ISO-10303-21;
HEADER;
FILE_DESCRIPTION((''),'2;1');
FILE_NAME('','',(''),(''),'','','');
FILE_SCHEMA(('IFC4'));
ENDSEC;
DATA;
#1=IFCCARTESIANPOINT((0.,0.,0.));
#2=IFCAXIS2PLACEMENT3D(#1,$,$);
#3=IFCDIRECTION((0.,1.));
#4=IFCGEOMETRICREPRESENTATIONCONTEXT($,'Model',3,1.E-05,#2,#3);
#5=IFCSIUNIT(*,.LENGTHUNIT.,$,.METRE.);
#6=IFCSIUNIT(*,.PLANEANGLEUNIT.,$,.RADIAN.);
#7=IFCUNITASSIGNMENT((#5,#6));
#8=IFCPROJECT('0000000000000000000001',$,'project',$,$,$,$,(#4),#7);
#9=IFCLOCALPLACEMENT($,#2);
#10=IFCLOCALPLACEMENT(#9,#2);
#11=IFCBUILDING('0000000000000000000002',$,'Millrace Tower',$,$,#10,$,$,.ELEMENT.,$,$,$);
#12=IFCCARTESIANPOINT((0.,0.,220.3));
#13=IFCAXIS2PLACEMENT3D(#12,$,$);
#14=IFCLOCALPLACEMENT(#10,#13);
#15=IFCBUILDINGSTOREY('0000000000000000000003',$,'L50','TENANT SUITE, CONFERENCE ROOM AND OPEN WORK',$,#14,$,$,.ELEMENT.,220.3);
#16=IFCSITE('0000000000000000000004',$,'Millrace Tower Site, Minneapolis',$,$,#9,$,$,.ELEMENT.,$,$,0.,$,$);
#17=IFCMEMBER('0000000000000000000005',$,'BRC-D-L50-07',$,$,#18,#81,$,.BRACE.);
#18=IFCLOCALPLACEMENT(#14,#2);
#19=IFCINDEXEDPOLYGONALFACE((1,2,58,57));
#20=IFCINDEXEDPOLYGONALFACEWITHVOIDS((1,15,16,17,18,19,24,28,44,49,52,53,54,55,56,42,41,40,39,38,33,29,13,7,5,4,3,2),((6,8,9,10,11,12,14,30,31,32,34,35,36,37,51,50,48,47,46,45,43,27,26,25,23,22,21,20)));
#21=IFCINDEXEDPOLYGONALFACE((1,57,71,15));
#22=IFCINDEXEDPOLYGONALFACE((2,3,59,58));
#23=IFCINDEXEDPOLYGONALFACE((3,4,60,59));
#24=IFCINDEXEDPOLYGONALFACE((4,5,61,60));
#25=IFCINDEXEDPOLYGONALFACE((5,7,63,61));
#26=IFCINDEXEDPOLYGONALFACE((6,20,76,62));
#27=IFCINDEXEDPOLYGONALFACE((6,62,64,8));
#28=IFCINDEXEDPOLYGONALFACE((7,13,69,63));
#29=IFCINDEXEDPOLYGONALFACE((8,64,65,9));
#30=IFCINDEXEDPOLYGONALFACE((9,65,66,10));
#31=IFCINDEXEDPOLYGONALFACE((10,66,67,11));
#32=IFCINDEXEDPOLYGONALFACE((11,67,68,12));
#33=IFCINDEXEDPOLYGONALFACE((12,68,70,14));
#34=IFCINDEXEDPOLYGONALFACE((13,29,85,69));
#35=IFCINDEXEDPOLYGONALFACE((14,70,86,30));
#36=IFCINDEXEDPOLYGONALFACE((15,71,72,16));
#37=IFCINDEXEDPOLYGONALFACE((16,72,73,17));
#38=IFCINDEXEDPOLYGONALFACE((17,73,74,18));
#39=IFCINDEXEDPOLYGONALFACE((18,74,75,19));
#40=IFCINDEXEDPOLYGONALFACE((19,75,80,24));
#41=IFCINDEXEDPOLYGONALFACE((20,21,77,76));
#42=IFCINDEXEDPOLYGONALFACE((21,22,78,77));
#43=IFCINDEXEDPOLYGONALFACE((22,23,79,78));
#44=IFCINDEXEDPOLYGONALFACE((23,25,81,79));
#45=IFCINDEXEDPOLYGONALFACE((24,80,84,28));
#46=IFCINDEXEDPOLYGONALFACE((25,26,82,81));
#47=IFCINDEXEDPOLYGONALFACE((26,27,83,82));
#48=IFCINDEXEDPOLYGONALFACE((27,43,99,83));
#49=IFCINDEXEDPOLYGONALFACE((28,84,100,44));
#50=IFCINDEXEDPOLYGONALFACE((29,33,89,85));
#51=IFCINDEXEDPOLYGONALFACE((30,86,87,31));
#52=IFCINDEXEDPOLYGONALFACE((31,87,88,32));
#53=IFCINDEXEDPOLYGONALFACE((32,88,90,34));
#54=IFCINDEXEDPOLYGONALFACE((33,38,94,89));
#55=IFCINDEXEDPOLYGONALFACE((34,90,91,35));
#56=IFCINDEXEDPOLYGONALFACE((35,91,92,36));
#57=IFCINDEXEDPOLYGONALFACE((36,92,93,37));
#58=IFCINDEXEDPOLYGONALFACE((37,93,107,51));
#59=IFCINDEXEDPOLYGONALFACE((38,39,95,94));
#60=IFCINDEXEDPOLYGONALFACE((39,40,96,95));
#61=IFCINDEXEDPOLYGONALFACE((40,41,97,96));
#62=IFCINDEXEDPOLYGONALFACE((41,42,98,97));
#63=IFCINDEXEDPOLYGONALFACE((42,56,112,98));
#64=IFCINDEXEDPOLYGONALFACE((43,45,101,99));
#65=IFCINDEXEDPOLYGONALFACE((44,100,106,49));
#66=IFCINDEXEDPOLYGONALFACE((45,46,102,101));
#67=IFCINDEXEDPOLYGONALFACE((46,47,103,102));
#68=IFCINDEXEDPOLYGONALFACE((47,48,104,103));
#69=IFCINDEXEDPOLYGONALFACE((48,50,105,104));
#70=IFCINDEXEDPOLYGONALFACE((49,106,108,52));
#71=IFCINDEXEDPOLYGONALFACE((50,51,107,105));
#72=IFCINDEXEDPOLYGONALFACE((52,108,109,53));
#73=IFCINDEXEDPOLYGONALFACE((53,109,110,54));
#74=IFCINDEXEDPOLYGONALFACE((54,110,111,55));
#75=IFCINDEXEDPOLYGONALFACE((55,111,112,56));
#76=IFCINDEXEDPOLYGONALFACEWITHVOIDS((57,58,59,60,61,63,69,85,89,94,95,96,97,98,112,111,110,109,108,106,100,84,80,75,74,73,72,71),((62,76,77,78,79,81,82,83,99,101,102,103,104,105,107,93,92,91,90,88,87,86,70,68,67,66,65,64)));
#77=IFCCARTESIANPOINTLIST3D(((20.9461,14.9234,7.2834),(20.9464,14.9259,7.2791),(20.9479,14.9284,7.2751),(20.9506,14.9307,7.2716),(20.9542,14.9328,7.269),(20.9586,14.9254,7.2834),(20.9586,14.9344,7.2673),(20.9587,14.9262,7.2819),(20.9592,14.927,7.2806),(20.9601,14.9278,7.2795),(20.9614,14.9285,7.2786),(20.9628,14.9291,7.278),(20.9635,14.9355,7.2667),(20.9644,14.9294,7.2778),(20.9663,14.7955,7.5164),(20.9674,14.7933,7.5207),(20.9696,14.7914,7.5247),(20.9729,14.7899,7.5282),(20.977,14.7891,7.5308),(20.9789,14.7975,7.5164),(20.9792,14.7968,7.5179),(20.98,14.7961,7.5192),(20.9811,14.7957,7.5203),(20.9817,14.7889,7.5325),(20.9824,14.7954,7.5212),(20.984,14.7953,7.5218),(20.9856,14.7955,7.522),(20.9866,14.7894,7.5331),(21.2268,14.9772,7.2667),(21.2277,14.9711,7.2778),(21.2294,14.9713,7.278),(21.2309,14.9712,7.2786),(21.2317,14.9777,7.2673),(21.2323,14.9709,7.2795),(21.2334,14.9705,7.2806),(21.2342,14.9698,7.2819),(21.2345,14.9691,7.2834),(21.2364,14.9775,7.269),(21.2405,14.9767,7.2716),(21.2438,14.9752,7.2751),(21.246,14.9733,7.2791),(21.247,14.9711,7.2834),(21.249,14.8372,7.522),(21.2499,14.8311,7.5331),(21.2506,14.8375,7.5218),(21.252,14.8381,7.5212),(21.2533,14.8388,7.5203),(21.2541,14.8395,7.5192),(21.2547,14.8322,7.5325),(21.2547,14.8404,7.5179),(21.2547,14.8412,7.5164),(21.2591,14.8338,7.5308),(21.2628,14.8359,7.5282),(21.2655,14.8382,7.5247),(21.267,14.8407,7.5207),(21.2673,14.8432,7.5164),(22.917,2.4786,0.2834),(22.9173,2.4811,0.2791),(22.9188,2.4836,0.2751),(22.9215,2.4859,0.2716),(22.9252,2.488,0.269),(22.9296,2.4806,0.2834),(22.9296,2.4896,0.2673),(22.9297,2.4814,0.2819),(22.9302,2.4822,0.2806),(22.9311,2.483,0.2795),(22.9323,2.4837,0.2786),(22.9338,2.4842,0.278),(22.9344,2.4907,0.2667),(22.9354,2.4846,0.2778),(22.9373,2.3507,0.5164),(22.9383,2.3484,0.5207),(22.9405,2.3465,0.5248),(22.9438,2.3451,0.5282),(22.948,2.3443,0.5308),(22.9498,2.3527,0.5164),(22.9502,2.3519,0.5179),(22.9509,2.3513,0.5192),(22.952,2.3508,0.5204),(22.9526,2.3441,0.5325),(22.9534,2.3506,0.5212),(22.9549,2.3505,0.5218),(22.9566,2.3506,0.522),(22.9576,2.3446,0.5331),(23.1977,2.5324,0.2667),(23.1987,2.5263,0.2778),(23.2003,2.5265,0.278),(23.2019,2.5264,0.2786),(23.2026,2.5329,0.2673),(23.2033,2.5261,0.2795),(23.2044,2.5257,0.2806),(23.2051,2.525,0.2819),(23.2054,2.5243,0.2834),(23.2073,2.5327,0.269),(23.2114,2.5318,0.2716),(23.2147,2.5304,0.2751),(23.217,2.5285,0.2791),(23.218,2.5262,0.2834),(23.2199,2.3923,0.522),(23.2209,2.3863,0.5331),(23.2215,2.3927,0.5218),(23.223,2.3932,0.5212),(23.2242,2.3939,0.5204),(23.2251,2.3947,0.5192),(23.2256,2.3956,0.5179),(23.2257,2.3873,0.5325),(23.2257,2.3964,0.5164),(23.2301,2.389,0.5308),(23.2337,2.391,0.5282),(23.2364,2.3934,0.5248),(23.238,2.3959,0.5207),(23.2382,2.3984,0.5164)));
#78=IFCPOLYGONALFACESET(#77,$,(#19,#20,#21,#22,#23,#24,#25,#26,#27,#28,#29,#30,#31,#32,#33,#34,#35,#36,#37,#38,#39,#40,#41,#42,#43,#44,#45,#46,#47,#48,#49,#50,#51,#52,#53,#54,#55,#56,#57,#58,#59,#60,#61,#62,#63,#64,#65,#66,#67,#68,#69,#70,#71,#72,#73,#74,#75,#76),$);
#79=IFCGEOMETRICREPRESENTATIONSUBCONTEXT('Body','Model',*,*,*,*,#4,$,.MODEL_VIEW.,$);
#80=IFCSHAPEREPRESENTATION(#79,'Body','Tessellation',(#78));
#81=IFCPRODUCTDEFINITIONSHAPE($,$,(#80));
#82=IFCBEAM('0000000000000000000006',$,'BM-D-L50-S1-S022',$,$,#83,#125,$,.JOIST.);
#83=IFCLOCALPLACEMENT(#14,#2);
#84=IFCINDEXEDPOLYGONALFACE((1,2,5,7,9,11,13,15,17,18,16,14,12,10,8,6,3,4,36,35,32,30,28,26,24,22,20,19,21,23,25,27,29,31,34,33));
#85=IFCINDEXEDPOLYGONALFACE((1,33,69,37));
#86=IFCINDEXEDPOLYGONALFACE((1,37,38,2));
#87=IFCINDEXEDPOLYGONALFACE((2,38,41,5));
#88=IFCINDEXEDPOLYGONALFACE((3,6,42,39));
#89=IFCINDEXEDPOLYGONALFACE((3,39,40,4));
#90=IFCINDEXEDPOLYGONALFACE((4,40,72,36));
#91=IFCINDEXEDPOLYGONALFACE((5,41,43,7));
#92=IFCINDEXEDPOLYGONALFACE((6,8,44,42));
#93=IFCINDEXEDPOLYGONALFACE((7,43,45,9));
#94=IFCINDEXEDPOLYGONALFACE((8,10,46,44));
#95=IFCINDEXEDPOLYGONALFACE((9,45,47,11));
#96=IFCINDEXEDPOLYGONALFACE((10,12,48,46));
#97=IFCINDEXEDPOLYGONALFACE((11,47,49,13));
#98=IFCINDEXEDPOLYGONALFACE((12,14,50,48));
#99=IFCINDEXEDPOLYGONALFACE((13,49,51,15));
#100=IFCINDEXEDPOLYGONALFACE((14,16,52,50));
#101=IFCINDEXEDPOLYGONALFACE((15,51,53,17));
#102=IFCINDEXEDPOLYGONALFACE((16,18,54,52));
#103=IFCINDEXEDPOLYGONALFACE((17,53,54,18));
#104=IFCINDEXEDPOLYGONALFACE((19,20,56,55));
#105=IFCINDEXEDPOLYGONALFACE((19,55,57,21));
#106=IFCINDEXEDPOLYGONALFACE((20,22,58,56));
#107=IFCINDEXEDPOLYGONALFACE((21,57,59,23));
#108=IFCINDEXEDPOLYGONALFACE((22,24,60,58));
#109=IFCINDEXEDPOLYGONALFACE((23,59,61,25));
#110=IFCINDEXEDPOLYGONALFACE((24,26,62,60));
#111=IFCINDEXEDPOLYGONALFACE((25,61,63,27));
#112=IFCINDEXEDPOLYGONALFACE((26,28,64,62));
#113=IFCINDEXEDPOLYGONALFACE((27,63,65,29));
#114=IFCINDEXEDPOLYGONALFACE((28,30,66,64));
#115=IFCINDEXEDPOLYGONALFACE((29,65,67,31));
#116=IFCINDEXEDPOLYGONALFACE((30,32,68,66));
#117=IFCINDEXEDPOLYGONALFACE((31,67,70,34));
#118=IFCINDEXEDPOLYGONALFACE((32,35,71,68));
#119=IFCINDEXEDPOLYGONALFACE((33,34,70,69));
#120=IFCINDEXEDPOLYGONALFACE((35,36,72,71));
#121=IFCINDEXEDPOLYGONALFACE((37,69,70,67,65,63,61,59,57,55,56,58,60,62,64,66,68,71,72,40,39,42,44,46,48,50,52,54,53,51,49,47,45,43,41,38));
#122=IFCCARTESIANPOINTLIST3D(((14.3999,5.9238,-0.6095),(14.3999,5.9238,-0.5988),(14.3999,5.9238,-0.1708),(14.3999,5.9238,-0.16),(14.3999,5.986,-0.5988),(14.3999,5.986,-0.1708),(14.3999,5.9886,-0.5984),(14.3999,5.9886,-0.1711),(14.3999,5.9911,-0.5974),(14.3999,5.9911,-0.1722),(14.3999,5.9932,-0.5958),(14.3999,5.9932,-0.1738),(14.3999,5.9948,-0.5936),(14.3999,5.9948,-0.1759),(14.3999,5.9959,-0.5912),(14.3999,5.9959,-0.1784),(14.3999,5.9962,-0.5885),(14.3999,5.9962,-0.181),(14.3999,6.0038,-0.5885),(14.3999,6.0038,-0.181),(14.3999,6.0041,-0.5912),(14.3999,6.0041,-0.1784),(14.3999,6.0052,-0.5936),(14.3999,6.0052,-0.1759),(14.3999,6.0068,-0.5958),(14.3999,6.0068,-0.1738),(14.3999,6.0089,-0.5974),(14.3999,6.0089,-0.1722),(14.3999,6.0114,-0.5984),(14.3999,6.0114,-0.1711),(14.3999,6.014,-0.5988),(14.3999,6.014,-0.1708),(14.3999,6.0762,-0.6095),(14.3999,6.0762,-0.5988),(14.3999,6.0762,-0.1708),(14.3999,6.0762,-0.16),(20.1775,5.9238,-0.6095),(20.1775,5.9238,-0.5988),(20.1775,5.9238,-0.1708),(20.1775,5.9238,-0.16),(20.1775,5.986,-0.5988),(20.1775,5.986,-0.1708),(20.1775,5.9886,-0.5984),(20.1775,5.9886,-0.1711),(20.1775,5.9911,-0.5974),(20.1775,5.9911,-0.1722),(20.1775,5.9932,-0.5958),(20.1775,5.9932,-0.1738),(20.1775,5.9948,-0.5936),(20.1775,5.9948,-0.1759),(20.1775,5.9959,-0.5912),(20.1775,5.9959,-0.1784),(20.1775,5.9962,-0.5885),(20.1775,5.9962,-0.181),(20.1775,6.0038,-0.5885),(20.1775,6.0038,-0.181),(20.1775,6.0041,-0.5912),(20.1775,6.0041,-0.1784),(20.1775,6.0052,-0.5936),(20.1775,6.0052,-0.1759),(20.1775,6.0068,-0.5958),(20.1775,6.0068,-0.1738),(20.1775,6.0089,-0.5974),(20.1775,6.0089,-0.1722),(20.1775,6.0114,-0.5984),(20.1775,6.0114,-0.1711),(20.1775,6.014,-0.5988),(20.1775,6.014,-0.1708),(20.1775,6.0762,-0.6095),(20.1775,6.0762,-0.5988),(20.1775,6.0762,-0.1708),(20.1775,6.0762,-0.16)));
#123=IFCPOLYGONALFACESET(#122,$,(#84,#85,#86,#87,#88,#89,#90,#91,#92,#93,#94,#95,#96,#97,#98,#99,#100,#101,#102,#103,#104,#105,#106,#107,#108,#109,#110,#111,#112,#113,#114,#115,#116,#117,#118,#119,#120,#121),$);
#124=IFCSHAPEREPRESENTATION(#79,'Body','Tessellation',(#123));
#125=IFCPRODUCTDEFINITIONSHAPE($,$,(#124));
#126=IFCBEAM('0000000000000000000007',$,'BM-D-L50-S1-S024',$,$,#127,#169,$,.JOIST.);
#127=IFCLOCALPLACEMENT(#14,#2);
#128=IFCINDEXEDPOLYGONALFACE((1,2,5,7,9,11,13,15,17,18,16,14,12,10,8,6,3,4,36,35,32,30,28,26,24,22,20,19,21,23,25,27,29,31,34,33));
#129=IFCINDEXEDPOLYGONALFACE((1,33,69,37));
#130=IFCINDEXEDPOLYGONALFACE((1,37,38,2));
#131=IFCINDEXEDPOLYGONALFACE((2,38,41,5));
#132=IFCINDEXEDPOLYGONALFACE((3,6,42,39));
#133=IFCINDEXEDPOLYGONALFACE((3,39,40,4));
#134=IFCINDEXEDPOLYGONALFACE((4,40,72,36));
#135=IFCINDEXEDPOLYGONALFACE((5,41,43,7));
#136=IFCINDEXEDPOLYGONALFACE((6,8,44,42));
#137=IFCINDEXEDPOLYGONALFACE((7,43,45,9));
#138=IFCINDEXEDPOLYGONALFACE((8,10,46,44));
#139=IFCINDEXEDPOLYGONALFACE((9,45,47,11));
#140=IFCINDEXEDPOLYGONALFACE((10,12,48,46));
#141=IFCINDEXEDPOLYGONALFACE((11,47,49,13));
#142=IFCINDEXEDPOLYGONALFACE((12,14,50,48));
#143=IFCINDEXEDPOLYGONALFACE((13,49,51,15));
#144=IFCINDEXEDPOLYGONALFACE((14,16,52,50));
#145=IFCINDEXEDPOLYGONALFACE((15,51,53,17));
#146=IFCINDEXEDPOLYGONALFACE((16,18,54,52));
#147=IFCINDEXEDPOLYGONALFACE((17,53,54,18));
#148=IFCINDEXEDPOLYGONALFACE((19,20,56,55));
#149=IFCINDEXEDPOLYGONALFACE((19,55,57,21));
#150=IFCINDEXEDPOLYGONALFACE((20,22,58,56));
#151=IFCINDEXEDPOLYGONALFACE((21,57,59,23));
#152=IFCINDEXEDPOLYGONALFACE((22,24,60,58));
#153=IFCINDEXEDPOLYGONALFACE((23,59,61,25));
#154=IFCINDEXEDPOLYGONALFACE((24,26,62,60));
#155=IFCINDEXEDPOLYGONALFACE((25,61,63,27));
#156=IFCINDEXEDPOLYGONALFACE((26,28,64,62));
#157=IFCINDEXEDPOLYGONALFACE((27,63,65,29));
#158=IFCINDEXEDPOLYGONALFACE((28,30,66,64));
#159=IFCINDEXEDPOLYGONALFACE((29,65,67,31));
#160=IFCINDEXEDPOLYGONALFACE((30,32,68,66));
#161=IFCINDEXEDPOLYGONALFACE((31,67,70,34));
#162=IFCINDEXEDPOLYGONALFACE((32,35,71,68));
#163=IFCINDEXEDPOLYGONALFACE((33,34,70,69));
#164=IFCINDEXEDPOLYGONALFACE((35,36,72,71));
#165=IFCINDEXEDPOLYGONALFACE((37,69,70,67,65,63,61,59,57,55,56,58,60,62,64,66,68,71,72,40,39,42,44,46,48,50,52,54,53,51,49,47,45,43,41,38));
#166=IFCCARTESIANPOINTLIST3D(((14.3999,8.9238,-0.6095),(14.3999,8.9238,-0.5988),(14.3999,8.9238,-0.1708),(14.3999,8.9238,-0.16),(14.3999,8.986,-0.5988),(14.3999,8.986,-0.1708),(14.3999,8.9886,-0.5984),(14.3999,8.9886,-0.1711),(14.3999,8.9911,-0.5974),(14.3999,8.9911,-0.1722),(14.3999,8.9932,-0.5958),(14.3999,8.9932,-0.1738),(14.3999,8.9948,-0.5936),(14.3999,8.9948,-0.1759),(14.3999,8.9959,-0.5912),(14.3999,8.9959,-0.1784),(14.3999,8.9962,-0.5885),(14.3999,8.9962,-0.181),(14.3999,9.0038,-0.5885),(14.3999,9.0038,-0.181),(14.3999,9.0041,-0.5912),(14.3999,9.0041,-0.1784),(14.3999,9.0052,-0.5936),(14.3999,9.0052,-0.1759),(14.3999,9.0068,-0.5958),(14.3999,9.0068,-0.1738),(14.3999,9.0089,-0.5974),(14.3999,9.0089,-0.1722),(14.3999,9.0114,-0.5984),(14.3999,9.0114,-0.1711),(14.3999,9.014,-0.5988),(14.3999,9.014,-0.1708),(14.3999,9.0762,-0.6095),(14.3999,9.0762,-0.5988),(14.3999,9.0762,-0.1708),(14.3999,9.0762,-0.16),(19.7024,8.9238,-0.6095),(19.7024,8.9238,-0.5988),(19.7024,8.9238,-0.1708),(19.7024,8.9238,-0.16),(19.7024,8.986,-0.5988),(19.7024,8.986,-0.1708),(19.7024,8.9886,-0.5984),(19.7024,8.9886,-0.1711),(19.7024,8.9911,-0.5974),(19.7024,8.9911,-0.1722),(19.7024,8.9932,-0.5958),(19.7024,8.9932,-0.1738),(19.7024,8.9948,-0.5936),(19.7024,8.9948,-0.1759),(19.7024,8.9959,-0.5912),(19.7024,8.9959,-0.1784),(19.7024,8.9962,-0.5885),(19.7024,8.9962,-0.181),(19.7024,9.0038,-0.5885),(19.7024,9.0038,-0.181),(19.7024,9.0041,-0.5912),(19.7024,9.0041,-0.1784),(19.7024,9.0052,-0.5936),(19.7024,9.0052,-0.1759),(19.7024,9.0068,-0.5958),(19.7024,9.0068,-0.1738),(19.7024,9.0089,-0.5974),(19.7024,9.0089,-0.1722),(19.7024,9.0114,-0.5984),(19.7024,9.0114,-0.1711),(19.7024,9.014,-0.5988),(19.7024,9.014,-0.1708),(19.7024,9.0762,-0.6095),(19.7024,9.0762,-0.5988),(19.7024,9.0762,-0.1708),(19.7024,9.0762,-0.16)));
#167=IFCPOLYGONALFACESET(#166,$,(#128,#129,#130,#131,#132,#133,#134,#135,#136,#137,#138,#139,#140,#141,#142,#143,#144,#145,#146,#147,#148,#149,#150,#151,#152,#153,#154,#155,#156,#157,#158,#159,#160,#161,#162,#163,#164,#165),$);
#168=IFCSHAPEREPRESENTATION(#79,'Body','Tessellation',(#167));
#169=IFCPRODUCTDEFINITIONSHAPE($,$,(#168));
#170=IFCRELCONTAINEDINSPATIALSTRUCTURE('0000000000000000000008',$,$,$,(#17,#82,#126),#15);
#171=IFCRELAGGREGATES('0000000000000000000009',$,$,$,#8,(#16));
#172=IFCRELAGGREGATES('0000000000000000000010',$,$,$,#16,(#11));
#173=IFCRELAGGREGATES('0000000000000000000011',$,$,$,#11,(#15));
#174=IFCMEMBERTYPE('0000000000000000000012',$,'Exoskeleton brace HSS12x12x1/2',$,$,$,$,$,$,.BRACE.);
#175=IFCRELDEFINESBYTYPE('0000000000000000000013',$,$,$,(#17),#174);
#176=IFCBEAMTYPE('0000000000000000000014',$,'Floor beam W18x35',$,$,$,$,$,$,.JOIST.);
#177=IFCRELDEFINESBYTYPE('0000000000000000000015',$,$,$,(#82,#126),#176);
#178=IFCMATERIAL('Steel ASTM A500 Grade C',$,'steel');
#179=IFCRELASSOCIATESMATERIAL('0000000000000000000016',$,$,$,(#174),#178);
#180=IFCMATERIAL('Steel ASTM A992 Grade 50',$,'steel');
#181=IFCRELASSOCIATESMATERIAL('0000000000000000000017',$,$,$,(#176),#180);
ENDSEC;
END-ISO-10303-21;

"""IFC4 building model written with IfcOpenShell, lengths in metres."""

from ifc_helpers import new_model, si_unit, direction, frame, origin, origin_2d, place, context, subcontext, project, spatial, hollow_rectangle, i_section, extrude, material, material_profile, profile_set, type_object, element, save


model = new_model("IFC4")

# Units and contexts
model_context = context("Model", 3, precision=1e-05, world=origin(), true_north=direction((0.0, 1.0)))
body_context = subcontext(model_context, "Body", "Model", "MODEL_VIEW")
ifc_project = project(units=[si_unit("LENGTHUNIT", "METRE"), si_unit("PLANEANGLEUNIT", "RADIAN")], contexts=[model_context])

# Site, building, storey
site_placement = place(None, origin())
site = spatial("IfcSite", under=ifc_project, at=site_placement, Name="Millrace Tower Site, Minneapolis", CompositionType="ELEMENT", RefElevation=0.0)
building_placement = place(site_placement, origin())
building = spatial("IfcBuilding", under=site, at=building_placement, Name="Millrace Tower", CompositionType="ELEMENT")
storey_placement = place(building_placement, frame((0.0, 0.0, 220.3)))
storey = spatial("IfcBuildingStorey", under=building, at=storey_placement, Name="L50", Description="TENANT SUITE, CONFERENCE ROOM AND OPEN WORK", CompositionType="ELEMENT", Elevation=220.3)

# Member
ifc_material_1 = material(Name="Steel ASTM A500 Grade C", Category="steel")
ifc_material_profile_1 = material_profile(ifc_material_1, hollow_rectangle(XDim=0.3047, YDim=0.3047, WallThickness=0.0127, InnerFilletRadius=0.0063, OuterFilletRadius=0.019, at=origin_2d()))
ifc_profile_set_1 = profile_set([ifc_material_profile_1], Name="Steel ASTM A500 Grade C")
member_type_1 = type_object("IfcMemberType", Name="Exoskeleton brace HSS12x12x1/2", PredefinedType="BRACE", material=ifc_profile_set_1)
member_1_placement = place(storey_placement, frame((23.0776, 2.4385, 0.3999), z_axis=(-0.13674, 0.863395, 0.485645), x_axis=(-0.98769, -0.156425, 0.0)))
element("IfcMember", 1, at=member_1_placement, inside=storey, type_object=member_type_1, Name="BRC-D-L50-07", PredefinedType="BRACE", context=body_context, shape_type="SweptSolid", body=[
    extrude(hollow_rectangle(XDim=0.3047, YDim=0.3047, WallThickness=0.0127, InnerFilletRadius=0.0063, OuterFilletRadius=0.019, at=origin_2d()), origin(), (0.0, 0.0, 1.0), 14.4138),
])

# Beams
ifc_material_2 = material(Name="Steel ASTM A992 Grade 50", Category="steel")
ifc_material_profile_2 = material_profile(ifc_material_2, i_section(OverallWidth=0.1523, OverallDepth=0.4495, WebThickness=0.0076, FlangeThickness=0.0107, FilletRadius=0.0103, at=origin_2d()))
ifc_profile_set_2 = profile_set([ifc_material_profile_2], Name="Steel ASTM A992 Grade 50")
beam_type_1 = type_object("IfcBeamType", Name="Floor beam W18x35", PredefinedType="JOIST", material=ifc_profile_set_2)
beam_1_placement = place(storey_placement, frame((14.3999, 6.0, -0.3848), z_axis=(1.0, 0.0, 0.0), x_axis=(0.0, 1.0, 0.0)))
element("IfcBeam", 2, at=beam_1_placement, inside=storey, type_object=beam_type_1, Name="BM-D-L50-S1-S022", PredefinedType="JOIST", context=body_context, shape_type="SweptSolid", body=[
    extrude(i_section(OverallWidth=0.1523, OverallDepth=0.4495, WebThickness=0.0076, FlangeThickness=0.0107, FilletRadius=0.0103, at=origin_2d()), origin(), (0.0, 0.0, 1.0), 5.7776),
])
beam_2_placement = place(storey_placement, frame((14.3999, 9.0, -0.3848), z_axis=(1.0, 0.0, 0.0), x_axis=(0.0, 1.0, 0.0)))
element("IfcBeam", 3, at=beam_2_placement, inside=storey, type_object=beam_type_1, Name="BM-D-L50-S1-S024", PredefinedType="JOIST", context=body_context, shape_type="SweptSolid", body=[
    extrude(i_section(OverallWidth=0.1523, OverallDepth=0.4495, WebThickness=0.0076, FlangeThickness=0.0107, FilletRadius=0.0103, at=origin_2d()), origin(), (0.0, 0.0, 1.0), 5.3025),
])

save(model, "model.ifc")
